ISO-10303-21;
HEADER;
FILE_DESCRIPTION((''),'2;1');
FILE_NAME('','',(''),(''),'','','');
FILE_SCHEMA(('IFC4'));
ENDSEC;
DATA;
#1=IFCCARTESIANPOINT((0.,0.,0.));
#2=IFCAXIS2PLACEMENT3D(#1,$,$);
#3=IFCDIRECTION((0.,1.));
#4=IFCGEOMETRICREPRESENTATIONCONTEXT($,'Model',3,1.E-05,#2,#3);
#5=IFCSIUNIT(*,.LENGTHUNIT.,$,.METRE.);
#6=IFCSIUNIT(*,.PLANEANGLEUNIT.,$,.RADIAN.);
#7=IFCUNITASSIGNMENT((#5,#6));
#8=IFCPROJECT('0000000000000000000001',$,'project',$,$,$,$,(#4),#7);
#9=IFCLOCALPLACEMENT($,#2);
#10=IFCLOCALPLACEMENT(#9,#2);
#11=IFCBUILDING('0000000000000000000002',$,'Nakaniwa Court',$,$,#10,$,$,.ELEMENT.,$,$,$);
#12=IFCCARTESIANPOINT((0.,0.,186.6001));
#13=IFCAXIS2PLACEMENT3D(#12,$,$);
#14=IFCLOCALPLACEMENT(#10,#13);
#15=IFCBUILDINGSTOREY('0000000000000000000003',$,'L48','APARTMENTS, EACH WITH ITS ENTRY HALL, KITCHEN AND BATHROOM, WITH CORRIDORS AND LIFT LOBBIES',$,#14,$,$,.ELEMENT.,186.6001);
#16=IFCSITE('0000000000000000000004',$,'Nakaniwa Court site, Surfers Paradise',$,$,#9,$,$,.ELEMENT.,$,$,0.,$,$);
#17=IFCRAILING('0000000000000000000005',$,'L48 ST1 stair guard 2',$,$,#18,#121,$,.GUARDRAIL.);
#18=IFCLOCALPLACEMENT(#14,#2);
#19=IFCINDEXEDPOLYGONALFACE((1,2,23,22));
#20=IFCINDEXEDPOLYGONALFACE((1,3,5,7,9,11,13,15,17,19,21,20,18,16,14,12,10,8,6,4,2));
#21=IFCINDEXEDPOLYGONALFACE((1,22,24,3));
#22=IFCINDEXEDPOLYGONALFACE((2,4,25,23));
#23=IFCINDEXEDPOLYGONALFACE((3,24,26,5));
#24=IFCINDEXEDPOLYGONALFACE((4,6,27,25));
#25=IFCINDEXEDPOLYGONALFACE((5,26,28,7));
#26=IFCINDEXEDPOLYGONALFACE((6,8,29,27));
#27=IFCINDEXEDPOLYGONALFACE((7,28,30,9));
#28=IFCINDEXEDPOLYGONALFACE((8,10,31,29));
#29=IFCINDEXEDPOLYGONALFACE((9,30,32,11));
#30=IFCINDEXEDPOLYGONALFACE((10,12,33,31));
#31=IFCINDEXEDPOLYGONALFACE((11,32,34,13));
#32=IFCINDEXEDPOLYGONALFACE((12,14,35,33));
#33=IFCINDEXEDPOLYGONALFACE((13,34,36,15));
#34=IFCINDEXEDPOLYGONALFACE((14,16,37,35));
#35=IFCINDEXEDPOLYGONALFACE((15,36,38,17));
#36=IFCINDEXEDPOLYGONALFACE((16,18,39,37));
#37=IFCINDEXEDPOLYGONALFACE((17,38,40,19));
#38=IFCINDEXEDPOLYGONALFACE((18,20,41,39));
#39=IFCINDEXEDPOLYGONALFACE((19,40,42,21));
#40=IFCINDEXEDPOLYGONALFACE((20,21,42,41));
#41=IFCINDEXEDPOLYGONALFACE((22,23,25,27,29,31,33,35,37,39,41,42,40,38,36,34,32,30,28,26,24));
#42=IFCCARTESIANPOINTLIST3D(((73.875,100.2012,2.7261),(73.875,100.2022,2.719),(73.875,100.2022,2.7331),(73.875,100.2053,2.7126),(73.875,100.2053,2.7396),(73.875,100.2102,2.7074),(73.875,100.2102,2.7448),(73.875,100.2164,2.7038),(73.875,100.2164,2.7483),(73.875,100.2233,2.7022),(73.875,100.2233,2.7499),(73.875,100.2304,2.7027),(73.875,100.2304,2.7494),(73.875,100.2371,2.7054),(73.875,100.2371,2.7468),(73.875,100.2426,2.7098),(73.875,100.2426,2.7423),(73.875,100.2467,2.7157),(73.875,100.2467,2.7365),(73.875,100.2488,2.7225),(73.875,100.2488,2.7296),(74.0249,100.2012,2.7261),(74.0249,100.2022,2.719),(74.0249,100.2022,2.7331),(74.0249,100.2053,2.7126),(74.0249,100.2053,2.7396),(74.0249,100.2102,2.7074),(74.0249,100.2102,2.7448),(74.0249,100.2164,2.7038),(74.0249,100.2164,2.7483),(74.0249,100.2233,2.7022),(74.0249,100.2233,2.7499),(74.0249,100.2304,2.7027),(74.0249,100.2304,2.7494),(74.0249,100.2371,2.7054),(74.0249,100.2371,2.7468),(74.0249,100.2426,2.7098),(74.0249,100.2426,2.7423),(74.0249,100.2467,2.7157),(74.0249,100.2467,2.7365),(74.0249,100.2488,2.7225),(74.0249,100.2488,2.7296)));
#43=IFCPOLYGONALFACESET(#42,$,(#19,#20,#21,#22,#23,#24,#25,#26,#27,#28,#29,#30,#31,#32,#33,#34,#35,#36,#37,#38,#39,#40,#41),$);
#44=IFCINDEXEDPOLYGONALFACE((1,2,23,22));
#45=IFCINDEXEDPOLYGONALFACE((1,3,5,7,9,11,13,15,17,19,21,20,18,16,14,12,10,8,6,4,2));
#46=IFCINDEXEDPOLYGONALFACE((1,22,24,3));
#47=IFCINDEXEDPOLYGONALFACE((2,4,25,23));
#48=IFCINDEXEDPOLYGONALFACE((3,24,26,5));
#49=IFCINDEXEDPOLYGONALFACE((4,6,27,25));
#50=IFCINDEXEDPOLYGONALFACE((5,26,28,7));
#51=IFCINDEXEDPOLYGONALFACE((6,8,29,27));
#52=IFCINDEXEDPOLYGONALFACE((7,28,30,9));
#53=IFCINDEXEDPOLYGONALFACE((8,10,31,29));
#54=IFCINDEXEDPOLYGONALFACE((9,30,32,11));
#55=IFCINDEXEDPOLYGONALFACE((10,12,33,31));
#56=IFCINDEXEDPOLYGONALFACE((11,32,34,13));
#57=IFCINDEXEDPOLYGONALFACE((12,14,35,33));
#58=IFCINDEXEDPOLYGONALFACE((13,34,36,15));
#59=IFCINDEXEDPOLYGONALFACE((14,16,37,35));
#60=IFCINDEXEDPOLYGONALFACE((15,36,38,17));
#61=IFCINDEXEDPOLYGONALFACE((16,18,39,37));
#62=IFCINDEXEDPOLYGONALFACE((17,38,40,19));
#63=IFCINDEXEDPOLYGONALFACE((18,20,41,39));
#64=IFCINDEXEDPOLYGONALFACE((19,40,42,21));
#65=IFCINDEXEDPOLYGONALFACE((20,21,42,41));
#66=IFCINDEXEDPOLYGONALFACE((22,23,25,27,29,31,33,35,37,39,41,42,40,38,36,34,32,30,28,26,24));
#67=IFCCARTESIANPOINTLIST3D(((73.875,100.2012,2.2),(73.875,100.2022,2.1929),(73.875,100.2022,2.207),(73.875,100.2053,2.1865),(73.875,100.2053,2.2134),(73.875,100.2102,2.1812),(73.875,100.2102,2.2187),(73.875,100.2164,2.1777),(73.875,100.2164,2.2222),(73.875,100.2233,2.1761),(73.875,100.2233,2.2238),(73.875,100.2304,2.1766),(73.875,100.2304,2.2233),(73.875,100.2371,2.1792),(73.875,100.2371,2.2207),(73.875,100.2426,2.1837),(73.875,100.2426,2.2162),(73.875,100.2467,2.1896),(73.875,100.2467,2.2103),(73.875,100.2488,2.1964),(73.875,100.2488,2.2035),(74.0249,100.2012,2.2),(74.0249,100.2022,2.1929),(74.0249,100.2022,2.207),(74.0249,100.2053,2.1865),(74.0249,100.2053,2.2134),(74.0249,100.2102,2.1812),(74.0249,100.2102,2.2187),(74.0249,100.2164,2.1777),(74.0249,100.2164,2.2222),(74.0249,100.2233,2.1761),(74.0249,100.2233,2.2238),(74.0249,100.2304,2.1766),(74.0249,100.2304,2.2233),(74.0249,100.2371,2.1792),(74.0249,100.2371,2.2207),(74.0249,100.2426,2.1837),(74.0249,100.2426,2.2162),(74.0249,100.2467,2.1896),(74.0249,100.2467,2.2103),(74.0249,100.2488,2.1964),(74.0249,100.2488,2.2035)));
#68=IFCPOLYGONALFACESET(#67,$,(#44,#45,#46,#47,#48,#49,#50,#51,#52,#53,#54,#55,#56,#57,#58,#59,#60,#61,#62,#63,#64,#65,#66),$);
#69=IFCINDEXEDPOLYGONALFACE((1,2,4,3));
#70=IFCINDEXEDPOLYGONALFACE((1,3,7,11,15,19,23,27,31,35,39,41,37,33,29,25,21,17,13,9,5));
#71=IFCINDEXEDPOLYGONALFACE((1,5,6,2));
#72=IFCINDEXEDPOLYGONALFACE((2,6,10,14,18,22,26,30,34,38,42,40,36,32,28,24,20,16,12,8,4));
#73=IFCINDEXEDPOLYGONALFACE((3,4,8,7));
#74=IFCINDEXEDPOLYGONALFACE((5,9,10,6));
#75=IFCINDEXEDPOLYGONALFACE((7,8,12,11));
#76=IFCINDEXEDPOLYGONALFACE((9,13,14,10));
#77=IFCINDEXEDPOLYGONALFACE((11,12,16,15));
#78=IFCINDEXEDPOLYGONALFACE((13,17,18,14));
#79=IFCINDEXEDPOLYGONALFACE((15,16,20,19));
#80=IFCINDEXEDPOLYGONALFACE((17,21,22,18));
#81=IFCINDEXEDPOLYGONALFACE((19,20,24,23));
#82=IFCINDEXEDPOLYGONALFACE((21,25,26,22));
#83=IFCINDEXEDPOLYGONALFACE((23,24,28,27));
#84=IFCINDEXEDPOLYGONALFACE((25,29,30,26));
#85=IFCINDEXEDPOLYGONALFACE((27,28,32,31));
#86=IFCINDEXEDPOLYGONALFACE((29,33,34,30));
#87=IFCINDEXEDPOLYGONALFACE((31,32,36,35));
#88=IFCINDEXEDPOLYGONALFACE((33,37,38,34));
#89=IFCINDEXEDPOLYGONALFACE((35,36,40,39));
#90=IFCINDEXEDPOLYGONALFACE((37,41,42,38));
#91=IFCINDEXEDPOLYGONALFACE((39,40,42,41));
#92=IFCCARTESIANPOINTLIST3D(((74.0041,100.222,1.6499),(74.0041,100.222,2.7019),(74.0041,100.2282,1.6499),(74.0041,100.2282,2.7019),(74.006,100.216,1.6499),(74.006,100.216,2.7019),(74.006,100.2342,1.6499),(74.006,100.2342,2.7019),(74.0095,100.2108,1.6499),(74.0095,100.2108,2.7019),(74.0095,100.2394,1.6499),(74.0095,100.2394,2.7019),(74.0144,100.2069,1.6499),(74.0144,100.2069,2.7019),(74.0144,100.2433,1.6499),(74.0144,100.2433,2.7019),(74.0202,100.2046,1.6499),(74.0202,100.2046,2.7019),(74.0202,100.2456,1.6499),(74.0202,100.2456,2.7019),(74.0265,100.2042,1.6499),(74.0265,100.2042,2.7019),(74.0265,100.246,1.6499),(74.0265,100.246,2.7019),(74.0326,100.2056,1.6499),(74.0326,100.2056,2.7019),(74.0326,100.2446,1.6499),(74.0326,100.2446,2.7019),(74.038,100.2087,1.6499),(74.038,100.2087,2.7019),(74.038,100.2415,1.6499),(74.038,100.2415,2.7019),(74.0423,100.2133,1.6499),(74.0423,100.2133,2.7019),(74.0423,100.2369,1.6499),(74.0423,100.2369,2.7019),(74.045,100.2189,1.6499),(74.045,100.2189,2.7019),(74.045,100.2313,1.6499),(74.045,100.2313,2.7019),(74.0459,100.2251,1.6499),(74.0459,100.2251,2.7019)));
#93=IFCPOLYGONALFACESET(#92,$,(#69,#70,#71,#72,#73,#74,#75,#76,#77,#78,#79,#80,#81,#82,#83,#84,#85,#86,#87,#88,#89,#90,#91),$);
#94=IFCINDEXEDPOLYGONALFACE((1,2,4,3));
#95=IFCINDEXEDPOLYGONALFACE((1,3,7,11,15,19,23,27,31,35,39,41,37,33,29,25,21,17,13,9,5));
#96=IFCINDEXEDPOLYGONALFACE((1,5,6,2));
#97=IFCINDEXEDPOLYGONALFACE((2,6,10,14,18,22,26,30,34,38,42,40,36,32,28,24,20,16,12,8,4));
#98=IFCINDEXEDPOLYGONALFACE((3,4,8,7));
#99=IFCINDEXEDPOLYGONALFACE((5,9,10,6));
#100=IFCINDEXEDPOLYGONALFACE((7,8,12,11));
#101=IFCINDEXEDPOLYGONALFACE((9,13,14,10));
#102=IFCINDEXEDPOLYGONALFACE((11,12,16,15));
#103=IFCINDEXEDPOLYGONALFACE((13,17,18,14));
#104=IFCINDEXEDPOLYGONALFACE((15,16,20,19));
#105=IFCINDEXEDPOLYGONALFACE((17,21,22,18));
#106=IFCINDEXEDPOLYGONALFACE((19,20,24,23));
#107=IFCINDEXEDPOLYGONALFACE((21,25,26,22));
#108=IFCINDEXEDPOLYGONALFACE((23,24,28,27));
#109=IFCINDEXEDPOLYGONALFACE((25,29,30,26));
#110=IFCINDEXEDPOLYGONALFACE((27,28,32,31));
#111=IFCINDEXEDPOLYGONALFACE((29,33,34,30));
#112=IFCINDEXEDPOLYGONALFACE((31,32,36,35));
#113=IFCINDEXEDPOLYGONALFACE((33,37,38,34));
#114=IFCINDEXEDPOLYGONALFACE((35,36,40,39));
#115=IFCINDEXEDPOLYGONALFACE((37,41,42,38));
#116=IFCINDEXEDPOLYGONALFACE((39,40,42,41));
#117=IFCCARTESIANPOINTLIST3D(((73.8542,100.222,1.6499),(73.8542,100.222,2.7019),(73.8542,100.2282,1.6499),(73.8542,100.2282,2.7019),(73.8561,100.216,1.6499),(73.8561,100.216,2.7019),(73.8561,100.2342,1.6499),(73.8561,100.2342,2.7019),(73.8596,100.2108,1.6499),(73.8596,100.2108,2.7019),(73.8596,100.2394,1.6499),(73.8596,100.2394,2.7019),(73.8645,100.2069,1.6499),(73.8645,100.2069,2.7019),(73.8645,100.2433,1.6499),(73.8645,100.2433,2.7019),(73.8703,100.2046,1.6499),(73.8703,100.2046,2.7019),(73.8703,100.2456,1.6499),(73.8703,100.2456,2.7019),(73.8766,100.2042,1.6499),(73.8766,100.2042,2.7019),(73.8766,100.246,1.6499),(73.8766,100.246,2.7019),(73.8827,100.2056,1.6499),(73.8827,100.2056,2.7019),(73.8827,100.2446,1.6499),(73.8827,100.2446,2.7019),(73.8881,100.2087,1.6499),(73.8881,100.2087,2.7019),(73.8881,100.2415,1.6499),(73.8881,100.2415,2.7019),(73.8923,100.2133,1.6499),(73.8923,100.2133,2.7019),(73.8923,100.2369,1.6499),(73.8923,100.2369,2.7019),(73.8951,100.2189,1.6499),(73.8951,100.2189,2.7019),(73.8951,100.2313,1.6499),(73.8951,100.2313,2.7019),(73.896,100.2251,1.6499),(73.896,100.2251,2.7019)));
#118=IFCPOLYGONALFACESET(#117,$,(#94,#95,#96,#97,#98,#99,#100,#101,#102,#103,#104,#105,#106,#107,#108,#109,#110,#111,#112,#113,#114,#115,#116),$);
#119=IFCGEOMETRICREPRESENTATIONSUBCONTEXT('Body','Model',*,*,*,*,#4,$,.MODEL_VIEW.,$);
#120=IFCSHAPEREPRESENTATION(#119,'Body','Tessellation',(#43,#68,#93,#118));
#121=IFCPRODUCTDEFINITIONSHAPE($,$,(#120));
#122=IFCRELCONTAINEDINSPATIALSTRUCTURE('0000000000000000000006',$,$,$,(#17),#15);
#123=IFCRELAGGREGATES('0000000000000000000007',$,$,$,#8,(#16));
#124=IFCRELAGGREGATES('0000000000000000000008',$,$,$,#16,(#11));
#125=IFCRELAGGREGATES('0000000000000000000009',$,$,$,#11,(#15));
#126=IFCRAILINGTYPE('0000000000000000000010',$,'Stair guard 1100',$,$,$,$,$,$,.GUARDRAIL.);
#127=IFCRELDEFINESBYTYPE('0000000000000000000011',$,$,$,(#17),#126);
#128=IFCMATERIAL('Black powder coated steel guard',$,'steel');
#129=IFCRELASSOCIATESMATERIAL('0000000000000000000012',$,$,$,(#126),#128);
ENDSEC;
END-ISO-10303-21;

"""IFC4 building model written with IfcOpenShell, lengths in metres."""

from ifc_helpers import new_model, si_unit, direction, frame, origin, origin_2d, place, context, subcontext, project, spatial, circle, extrude, material, type_object, element, save


model = new_model("IFC4")

# Units and contexts
model_context = context("Model", 3, precision=1e-05, world=origin(), true_north=direction((0.0, 1.0)))
body_context = subcontext(model_context, "Body", "Model", "MODEL_VIEW")
ifc_project = project(units=[si_unit("LENGTHUNIT", "METRE"), si_unit("PLANEANGLEUNIT", "RADIAN")], contexts=[model_context])

# Site, building, storey
site_placement = place(None, origin())
site = spatial("IfcSite", under=ifc_project, at=site_placement, Name="Nakaniwa Court site, Surfers Paradise", CompositionType="ELEMENT", RefElevation=0.0)
building_placement = place(site_placement, origin())
building = spatial("IfcBuilding", under=site, at=building_placement, Name="Nakaniwa Court", CompositionType="ELEMENT")
storey_placement = place(building_placement, frame((0.0, 0.0, 186.6001)))
storey = spatial("IfcBuildingStorey", under=building, at=storey_placement, Name="L48", Description="APARTMENTS, EACH WITH ITS ENTRY HALL, KITCHEN AND BATHROOM, WITH CORRIDORS AND LIFT LOBBIES", CompositionType="ELEMENT", Elevation=186.6001)

# Railing
ifc_material_1 = material(Name="Black powder coated steel guard", Category="steel")
railing_type_1 = type_object("IfcRailingType", Name="Stair guard 1100", PredefinedType="GUARDRAIL", material=ifc_material_1)
railing_1_placement = place(storey_placement, frame((74.0249, 100.2251, 1.6499)))
element("IfcRailing", 1, at=railing_1_placement, inside=storey, type_object=railing_type_1, Name="L48 ST1 stair guard 2", PredefinedType="GUARDRAIL", context=body_context, shape_type="SweptSolid", body=[
    extrude(circle(Radius=0.0239, at=origin_2d()), frame((0.0, 0.0, 1.0762), z_axis=(-1.0, 0.0, 0.0), x_axis=(0.0, -1.0, 0.0)), (0.0, 0.0, 1.0), 0.1499),
    extrude(circle(Radius=0.0239, at=origin_2d()), frame((0.0, 0.0, 0.55), z_axis=(-1.0, 0.0, 0.0), x_axis=(0.0, -1.0, 0.0)), (0.0, 0.0, 1.0), 0.1499),
    extrude(circle(Radius=0.021, at=origin_2d()), origin(), (0.0, 0.0, 1.0), 1.052),
    extrude(circle(Radius=0.021, at=origin_2d()), frame((-0.1499, 0.0, 0.0)), (0.0, 0.0, 1.0), 1.052),
])

save(model, "model.ifc")
